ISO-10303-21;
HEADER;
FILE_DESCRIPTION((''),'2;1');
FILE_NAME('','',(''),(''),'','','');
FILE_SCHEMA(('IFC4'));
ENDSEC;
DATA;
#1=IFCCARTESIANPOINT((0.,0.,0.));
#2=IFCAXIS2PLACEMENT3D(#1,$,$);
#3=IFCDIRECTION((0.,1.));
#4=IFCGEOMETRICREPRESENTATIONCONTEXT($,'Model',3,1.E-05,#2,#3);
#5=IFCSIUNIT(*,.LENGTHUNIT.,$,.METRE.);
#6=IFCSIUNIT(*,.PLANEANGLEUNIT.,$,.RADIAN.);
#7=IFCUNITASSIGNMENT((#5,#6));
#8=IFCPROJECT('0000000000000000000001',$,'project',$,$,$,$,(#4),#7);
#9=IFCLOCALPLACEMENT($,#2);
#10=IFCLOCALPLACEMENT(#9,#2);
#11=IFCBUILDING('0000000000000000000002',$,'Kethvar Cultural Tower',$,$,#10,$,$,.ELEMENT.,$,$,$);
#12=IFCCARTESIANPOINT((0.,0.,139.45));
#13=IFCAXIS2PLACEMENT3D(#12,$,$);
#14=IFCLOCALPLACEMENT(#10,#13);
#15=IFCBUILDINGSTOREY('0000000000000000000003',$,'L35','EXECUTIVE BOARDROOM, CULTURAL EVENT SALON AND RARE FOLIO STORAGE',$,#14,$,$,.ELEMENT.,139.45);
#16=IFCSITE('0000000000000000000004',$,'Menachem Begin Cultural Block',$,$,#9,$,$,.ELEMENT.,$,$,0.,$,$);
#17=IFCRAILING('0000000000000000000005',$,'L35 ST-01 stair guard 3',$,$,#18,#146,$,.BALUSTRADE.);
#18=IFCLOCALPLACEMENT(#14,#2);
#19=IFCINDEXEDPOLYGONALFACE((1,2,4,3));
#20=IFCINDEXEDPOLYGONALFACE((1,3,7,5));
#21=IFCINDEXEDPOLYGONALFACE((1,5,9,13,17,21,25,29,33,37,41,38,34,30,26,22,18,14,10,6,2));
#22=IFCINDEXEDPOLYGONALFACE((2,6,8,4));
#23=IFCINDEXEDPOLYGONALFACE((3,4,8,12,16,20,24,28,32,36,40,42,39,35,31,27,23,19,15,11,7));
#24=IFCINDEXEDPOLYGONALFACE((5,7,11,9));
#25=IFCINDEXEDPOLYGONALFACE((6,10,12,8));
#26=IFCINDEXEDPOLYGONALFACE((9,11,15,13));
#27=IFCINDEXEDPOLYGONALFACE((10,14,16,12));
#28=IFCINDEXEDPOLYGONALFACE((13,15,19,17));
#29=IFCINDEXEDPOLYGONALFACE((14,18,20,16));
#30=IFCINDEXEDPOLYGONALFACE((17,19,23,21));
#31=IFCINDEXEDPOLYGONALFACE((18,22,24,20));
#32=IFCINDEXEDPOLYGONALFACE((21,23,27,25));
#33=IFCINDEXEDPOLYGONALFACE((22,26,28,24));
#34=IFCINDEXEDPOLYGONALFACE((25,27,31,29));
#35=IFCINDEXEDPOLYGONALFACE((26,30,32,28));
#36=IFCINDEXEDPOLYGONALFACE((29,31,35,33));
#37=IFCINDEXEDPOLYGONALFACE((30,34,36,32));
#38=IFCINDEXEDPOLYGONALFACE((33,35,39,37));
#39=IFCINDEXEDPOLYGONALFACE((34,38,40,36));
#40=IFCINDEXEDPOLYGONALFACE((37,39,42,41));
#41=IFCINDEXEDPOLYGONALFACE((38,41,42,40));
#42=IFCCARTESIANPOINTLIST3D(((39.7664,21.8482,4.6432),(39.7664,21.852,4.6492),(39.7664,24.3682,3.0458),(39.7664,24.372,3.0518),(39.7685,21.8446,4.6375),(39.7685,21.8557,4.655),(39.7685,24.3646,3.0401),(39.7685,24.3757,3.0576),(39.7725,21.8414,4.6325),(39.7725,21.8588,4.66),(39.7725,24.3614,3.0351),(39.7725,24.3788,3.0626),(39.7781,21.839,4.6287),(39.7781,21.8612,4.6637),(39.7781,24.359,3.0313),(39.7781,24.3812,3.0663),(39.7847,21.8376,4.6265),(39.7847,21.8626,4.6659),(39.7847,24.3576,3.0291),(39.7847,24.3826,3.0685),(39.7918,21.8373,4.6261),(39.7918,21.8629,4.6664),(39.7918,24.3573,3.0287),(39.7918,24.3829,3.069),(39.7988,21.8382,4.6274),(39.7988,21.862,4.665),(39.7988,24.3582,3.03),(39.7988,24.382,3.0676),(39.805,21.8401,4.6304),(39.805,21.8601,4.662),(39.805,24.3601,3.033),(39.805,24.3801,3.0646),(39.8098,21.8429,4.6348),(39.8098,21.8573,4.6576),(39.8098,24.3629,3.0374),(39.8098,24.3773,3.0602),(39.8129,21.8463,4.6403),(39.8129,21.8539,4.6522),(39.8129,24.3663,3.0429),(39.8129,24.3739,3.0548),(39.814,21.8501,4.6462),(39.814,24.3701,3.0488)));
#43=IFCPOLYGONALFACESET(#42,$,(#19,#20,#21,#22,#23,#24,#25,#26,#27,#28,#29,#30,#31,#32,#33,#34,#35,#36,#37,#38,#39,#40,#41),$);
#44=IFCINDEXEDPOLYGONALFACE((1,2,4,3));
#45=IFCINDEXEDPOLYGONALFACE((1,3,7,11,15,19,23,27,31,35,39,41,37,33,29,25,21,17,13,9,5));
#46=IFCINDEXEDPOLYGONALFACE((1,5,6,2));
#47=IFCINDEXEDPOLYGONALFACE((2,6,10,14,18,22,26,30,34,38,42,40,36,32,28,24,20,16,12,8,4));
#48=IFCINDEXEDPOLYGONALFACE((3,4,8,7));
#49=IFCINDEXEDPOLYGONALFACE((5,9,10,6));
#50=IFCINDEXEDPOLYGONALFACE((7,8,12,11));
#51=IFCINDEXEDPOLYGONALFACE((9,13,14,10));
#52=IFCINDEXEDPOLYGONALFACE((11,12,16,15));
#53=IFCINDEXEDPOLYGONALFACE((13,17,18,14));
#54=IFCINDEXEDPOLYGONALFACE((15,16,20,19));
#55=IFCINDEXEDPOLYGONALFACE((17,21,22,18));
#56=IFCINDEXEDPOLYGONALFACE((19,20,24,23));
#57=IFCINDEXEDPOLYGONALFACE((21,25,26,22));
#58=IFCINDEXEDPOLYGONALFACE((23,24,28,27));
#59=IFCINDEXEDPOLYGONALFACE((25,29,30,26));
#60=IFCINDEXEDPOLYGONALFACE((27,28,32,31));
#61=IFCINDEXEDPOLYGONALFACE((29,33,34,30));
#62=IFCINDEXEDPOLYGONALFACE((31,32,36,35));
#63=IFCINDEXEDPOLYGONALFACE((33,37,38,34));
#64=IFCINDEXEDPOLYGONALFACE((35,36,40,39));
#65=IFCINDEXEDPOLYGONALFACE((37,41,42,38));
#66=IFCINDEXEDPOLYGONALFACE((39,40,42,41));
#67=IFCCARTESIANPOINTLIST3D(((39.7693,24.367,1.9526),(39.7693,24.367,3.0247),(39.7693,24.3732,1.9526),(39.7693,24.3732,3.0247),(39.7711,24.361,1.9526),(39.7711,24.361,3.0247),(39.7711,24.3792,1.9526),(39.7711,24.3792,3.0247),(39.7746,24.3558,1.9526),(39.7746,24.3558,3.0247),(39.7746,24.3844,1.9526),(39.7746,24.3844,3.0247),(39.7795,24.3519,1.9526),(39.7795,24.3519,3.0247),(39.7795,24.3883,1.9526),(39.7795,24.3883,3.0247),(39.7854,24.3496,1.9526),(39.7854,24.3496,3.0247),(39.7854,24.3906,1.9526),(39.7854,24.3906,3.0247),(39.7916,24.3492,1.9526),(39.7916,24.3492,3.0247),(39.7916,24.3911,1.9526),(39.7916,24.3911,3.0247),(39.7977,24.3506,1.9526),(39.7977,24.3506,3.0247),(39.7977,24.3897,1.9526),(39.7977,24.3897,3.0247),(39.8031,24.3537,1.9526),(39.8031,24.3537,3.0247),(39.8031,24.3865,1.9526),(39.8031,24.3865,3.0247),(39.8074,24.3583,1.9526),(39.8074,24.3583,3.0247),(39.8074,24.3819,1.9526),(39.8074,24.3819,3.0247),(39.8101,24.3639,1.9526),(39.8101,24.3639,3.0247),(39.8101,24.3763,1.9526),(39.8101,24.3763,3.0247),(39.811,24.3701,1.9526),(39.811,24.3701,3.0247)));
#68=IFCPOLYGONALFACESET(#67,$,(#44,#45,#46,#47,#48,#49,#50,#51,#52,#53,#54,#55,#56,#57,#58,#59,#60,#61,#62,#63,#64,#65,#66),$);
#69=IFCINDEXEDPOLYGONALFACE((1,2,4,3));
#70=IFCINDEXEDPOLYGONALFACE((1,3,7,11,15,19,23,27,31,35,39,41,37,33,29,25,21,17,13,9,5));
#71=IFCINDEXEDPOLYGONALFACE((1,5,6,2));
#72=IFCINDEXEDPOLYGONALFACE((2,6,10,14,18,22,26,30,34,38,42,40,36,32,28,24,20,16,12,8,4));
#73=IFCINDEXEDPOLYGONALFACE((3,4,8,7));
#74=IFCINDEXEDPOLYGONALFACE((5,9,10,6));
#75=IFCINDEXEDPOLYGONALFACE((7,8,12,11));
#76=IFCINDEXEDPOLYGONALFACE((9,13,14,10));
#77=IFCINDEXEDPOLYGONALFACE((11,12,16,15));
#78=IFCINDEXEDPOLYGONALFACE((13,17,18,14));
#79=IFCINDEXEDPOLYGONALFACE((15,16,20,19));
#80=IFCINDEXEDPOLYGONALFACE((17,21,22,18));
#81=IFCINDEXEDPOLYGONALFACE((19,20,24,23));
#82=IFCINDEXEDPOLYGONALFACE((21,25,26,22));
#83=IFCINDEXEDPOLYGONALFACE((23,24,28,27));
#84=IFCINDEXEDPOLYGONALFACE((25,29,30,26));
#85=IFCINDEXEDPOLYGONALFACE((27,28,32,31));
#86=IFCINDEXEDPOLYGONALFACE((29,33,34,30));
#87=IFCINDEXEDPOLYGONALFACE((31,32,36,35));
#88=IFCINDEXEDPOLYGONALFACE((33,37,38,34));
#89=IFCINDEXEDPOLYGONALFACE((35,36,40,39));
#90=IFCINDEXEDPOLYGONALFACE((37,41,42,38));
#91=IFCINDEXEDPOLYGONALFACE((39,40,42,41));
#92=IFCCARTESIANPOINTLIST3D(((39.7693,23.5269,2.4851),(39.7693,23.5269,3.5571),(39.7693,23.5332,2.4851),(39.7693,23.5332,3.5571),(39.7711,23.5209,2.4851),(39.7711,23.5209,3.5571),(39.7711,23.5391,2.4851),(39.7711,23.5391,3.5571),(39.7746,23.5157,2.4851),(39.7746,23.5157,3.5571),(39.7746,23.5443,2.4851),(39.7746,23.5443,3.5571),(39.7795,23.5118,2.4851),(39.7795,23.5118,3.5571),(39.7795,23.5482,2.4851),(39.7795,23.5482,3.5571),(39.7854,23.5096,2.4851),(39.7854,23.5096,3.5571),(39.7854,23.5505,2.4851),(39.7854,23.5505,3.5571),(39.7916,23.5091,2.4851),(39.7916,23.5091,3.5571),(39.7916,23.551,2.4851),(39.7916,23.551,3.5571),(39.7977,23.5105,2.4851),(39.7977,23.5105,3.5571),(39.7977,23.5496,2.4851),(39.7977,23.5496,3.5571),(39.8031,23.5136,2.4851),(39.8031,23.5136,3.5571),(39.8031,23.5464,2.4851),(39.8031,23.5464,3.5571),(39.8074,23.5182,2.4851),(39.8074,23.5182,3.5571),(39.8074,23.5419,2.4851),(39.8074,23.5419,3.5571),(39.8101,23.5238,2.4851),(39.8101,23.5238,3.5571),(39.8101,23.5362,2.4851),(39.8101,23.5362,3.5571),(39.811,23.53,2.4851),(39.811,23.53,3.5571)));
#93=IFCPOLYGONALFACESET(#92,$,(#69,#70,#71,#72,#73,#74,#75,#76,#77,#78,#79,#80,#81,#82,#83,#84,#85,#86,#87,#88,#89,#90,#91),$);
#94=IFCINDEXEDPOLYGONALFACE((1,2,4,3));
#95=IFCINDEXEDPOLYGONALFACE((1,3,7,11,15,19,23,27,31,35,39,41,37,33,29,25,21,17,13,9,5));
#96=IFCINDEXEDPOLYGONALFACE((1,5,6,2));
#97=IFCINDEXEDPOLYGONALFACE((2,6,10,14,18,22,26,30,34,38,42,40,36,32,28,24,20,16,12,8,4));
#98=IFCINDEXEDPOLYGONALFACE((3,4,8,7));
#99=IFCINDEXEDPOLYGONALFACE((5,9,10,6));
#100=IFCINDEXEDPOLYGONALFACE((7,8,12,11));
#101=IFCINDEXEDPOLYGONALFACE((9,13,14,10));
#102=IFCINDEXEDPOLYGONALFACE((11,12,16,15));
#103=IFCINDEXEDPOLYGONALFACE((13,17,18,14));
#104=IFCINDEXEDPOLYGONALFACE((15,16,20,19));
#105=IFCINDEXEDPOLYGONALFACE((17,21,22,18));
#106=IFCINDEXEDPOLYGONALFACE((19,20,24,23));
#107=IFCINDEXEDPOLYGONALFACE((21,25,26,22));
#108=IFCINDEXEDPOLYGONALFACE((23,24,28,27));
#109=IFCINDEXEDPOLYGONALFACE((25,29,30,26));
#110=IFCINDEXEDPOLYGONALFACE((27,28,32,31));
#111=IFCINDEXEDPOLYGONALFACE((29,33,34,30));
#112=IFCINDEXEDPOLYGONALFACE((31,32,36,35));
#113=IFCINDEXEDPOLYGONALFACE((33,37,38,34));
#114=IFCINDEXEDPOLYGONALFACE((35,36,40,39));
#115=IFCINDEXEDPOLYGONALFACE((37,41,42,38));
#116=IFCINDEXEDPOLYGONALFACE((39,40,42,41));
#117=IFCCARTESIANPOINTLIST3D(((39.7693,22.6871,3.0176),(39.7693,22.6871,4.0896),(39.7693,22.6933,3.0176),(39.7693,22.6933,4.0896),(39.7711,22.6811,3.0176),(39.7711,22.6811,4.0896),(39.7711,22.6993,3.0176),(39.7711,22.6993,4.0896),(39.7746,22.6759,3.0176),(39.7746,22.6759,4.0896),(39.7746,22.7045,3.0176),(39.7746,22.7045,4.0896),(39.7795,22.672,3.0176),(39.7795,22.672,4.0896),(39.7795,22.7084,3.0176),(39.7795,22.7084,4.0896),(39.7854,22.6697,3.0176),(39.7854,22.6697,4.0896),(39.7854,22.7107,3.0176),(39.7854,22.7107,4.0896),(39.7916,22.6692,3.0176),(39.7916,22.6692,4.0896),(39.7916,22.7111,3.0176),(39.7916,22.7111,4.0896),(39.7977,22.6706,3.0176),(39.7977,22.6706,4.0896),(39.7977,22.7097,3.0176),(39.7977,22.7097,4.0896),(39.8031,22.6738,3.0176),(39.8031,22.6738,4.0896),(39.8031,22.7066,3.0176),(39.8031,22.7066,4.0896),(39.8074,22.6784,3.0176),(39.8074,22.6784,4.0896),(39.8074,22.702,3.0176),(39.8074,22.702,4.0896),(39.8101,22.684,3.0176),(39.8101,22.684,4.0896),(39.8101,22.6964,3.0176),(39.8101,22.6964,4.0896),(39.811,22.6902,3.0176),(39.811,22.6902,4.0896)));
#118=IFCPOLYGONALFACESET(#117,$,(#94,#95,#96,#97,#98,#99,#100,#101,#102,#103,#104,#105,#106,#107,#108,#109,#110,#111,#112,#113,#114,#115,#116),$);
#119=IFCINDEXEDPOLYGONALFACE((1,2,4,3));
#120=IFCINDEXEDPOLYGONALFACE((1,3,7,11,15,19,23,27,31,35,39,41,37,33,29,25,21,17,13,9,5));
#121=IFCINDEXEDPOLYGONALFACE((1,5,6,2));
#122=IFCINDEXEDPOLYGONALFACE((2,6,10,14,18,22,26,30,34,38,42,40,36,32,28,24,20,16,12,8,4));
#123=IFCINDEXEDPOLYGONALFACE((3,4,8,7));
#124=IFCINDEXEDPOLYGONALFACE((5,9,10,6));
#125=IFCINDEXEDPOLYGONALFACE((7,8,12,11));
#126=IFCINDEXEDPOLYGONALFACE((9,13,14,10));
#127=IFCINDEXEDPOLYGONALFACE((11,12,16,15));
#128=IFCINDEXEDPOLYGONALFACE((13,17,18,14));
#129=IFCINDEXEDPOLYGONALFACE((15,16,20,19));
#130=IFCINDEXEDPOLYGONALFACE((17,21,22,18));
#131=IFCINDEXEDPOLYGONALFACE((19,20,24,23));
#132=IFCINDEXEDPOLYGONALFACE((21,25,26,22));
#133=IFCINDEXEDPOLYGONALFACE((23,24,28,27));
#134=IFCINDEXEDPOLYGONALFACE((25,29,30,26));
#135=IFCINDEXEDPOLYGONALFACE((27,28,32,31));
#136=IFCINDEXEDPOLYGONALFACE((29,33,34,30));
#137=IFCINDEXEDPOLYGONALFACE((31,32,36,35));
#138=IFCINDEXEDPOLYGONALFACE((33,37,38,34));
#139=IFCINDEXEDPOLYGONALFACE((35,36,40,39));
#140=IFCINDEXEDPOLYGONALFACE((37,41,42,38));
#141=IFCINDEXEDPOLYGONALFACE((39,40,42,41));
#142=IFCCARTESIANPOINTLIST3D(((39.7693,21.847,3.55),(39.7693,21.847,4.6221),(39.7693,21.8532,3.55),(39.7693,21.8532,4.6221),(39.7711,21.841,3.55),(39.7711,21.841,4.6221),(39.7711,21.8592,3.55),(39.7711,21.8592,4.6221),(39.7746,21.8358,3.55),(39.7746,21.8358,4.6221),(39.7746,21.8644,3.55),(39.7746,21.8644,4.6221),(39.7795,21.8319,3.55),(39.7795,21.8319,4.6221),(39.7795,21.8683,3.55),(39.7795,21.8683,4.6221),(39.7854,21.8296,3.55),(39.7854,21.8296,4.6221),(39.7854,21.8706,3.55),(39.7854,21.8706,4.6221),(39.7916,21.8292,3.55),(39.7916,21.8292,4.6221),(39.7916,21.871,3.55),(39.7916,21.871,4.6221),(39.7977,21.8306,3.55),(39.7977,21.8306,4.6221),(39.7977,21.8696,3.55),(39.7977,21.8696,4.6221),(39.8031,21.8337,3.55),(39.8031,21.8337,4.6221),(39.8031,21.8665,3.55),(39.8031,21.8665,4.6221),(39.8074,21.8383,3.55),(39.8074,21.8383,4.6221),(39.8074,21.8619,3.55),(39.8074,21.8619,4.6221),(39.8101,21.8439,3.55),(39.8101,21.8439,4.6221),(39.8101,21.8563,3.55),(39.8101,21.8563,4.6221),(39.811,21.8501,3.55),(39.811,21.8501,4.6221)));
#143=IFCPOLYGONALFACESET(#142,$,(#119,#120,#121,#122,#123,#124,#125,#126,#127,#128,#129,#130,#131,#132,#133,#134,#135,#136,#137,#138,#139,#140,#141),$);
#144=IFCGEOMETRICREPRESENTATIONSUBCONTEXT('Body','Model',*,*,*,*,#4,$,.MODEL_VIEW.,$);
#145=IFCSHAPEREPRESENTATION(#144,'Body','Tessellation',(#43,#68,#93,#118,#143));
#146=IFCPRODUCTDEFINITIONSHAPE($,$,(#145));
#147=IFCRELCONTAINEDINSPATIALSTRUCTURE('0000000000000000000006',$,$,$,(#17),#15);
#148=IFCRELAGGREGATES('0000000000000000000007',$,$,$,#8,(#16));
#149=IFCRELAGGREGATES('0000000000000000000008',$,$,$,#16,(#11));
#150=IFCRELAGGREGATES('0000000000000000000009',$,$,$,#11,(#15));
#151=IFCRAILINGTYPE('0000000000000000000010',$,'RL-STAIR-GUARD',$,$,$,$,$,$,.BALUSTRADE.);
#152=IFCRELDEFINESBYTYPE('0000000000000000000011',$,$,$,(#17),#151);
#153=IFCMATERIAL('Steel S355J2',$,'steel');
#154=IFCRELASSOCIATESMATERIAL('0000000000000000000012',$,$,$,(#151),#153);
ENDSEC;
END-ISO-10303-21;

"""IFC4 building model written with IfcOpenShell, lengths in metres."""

from ifc_helpers import new_model, si_unit, direction, frame, origin, origin_2d, place, context, subcontext, project, spatial, circle, extrude, material, type_object, element, save


model = new_model("IFC4")

# Units and contexts
model_context = context("Model", 3, precision=1e-05, world=origin(), true_north=direction((0.0, 1.0)))
body_context = subcontext(model_context, "Body", "Model", "MODEL_VIEW")
ifc_project = project(units=[si_unit("LENGTHUNIT", "METRE"), si_unit("PLANEANGLEUNIT", "RADIAN")], contexts=[model_context])

# Site, building, storey
site_placement = place(None, origin())
site = spatial("IfcSite", under=ifc_project, at=site_placement, Name="Menachem Begin Cultural Block", CompositionType="ELEMENT", RefElevation=0.0)
building_placement = place(site_placement, origin())
building = spatial("IfcBuilding", under=site, at=building_placement, Name="Kethvar Cultural Tower", CompositionType="ELEMENT")
storey_placement = place(building_placement, frame((0.0, 0.0, 139.45)))
storey = spatial("IfcBuildingStorey", under=building, at=storey_placement, Name="L35", Description="EXECUTIVE BOARDROOM, CULTURAL EVENT SALON AND RARE FOLIO STORAGE", CompositionType="ELEMENT", Elevation=139.45)

# Shared definitions
ifc_material_1 = material(Name="Steel S355J2", Category="steel")

# Railing
railing_type_1 = type_object("IfcRailingType", Name="RL-STAIR-GUARD", PredefinedType="BALUSTRADE", material=ifc_material_1)
railing_1_placement = place(storey_placement, frame((39.79, 24.3701, 1.9526)))
element("IfcRailing", 1, at=railing_1_placement, inside=storey, type_object=railing_type_1, Name="L35 ST-01 stair guard 3", PredefinedType="BALUSTRADE", context=body_context, shape_type="SweptSolid", body=[
    extrude(circle(Radius=0.0239, at=origin_2d()), frame((0.0, 0.0, 1.0962), z_axis=(0.0, -0.844607, 0.535387), x_axis=(1.0, 0.0, 0.0)), (0.0, 0.0, 1.0), 2.9836),
    extrude(circle(Radius=0.021, at=origin_2d()), origin(), (0.0, 0.0, 1.0), 1.072),
    extrude(circle(Radius=0.021, at=origin_2d()), frame((0.0, -0.8401, 0.5325)), (0.0, 0.0, 1.0), 1.072),
    extrude(circle(Radius=0.021, at=origin_2d()), frame((0.0, -1.6799, 1.0649)), (0.0, 0.0, 1.0), 1.072),
    extrude(circle(Radius=0.021, at=origin_2d()), frame((0.0, -2.52, 1.5974)), (0.0, 0.0, 1.0), 1.072),
])

save(model, "model.ifc")
